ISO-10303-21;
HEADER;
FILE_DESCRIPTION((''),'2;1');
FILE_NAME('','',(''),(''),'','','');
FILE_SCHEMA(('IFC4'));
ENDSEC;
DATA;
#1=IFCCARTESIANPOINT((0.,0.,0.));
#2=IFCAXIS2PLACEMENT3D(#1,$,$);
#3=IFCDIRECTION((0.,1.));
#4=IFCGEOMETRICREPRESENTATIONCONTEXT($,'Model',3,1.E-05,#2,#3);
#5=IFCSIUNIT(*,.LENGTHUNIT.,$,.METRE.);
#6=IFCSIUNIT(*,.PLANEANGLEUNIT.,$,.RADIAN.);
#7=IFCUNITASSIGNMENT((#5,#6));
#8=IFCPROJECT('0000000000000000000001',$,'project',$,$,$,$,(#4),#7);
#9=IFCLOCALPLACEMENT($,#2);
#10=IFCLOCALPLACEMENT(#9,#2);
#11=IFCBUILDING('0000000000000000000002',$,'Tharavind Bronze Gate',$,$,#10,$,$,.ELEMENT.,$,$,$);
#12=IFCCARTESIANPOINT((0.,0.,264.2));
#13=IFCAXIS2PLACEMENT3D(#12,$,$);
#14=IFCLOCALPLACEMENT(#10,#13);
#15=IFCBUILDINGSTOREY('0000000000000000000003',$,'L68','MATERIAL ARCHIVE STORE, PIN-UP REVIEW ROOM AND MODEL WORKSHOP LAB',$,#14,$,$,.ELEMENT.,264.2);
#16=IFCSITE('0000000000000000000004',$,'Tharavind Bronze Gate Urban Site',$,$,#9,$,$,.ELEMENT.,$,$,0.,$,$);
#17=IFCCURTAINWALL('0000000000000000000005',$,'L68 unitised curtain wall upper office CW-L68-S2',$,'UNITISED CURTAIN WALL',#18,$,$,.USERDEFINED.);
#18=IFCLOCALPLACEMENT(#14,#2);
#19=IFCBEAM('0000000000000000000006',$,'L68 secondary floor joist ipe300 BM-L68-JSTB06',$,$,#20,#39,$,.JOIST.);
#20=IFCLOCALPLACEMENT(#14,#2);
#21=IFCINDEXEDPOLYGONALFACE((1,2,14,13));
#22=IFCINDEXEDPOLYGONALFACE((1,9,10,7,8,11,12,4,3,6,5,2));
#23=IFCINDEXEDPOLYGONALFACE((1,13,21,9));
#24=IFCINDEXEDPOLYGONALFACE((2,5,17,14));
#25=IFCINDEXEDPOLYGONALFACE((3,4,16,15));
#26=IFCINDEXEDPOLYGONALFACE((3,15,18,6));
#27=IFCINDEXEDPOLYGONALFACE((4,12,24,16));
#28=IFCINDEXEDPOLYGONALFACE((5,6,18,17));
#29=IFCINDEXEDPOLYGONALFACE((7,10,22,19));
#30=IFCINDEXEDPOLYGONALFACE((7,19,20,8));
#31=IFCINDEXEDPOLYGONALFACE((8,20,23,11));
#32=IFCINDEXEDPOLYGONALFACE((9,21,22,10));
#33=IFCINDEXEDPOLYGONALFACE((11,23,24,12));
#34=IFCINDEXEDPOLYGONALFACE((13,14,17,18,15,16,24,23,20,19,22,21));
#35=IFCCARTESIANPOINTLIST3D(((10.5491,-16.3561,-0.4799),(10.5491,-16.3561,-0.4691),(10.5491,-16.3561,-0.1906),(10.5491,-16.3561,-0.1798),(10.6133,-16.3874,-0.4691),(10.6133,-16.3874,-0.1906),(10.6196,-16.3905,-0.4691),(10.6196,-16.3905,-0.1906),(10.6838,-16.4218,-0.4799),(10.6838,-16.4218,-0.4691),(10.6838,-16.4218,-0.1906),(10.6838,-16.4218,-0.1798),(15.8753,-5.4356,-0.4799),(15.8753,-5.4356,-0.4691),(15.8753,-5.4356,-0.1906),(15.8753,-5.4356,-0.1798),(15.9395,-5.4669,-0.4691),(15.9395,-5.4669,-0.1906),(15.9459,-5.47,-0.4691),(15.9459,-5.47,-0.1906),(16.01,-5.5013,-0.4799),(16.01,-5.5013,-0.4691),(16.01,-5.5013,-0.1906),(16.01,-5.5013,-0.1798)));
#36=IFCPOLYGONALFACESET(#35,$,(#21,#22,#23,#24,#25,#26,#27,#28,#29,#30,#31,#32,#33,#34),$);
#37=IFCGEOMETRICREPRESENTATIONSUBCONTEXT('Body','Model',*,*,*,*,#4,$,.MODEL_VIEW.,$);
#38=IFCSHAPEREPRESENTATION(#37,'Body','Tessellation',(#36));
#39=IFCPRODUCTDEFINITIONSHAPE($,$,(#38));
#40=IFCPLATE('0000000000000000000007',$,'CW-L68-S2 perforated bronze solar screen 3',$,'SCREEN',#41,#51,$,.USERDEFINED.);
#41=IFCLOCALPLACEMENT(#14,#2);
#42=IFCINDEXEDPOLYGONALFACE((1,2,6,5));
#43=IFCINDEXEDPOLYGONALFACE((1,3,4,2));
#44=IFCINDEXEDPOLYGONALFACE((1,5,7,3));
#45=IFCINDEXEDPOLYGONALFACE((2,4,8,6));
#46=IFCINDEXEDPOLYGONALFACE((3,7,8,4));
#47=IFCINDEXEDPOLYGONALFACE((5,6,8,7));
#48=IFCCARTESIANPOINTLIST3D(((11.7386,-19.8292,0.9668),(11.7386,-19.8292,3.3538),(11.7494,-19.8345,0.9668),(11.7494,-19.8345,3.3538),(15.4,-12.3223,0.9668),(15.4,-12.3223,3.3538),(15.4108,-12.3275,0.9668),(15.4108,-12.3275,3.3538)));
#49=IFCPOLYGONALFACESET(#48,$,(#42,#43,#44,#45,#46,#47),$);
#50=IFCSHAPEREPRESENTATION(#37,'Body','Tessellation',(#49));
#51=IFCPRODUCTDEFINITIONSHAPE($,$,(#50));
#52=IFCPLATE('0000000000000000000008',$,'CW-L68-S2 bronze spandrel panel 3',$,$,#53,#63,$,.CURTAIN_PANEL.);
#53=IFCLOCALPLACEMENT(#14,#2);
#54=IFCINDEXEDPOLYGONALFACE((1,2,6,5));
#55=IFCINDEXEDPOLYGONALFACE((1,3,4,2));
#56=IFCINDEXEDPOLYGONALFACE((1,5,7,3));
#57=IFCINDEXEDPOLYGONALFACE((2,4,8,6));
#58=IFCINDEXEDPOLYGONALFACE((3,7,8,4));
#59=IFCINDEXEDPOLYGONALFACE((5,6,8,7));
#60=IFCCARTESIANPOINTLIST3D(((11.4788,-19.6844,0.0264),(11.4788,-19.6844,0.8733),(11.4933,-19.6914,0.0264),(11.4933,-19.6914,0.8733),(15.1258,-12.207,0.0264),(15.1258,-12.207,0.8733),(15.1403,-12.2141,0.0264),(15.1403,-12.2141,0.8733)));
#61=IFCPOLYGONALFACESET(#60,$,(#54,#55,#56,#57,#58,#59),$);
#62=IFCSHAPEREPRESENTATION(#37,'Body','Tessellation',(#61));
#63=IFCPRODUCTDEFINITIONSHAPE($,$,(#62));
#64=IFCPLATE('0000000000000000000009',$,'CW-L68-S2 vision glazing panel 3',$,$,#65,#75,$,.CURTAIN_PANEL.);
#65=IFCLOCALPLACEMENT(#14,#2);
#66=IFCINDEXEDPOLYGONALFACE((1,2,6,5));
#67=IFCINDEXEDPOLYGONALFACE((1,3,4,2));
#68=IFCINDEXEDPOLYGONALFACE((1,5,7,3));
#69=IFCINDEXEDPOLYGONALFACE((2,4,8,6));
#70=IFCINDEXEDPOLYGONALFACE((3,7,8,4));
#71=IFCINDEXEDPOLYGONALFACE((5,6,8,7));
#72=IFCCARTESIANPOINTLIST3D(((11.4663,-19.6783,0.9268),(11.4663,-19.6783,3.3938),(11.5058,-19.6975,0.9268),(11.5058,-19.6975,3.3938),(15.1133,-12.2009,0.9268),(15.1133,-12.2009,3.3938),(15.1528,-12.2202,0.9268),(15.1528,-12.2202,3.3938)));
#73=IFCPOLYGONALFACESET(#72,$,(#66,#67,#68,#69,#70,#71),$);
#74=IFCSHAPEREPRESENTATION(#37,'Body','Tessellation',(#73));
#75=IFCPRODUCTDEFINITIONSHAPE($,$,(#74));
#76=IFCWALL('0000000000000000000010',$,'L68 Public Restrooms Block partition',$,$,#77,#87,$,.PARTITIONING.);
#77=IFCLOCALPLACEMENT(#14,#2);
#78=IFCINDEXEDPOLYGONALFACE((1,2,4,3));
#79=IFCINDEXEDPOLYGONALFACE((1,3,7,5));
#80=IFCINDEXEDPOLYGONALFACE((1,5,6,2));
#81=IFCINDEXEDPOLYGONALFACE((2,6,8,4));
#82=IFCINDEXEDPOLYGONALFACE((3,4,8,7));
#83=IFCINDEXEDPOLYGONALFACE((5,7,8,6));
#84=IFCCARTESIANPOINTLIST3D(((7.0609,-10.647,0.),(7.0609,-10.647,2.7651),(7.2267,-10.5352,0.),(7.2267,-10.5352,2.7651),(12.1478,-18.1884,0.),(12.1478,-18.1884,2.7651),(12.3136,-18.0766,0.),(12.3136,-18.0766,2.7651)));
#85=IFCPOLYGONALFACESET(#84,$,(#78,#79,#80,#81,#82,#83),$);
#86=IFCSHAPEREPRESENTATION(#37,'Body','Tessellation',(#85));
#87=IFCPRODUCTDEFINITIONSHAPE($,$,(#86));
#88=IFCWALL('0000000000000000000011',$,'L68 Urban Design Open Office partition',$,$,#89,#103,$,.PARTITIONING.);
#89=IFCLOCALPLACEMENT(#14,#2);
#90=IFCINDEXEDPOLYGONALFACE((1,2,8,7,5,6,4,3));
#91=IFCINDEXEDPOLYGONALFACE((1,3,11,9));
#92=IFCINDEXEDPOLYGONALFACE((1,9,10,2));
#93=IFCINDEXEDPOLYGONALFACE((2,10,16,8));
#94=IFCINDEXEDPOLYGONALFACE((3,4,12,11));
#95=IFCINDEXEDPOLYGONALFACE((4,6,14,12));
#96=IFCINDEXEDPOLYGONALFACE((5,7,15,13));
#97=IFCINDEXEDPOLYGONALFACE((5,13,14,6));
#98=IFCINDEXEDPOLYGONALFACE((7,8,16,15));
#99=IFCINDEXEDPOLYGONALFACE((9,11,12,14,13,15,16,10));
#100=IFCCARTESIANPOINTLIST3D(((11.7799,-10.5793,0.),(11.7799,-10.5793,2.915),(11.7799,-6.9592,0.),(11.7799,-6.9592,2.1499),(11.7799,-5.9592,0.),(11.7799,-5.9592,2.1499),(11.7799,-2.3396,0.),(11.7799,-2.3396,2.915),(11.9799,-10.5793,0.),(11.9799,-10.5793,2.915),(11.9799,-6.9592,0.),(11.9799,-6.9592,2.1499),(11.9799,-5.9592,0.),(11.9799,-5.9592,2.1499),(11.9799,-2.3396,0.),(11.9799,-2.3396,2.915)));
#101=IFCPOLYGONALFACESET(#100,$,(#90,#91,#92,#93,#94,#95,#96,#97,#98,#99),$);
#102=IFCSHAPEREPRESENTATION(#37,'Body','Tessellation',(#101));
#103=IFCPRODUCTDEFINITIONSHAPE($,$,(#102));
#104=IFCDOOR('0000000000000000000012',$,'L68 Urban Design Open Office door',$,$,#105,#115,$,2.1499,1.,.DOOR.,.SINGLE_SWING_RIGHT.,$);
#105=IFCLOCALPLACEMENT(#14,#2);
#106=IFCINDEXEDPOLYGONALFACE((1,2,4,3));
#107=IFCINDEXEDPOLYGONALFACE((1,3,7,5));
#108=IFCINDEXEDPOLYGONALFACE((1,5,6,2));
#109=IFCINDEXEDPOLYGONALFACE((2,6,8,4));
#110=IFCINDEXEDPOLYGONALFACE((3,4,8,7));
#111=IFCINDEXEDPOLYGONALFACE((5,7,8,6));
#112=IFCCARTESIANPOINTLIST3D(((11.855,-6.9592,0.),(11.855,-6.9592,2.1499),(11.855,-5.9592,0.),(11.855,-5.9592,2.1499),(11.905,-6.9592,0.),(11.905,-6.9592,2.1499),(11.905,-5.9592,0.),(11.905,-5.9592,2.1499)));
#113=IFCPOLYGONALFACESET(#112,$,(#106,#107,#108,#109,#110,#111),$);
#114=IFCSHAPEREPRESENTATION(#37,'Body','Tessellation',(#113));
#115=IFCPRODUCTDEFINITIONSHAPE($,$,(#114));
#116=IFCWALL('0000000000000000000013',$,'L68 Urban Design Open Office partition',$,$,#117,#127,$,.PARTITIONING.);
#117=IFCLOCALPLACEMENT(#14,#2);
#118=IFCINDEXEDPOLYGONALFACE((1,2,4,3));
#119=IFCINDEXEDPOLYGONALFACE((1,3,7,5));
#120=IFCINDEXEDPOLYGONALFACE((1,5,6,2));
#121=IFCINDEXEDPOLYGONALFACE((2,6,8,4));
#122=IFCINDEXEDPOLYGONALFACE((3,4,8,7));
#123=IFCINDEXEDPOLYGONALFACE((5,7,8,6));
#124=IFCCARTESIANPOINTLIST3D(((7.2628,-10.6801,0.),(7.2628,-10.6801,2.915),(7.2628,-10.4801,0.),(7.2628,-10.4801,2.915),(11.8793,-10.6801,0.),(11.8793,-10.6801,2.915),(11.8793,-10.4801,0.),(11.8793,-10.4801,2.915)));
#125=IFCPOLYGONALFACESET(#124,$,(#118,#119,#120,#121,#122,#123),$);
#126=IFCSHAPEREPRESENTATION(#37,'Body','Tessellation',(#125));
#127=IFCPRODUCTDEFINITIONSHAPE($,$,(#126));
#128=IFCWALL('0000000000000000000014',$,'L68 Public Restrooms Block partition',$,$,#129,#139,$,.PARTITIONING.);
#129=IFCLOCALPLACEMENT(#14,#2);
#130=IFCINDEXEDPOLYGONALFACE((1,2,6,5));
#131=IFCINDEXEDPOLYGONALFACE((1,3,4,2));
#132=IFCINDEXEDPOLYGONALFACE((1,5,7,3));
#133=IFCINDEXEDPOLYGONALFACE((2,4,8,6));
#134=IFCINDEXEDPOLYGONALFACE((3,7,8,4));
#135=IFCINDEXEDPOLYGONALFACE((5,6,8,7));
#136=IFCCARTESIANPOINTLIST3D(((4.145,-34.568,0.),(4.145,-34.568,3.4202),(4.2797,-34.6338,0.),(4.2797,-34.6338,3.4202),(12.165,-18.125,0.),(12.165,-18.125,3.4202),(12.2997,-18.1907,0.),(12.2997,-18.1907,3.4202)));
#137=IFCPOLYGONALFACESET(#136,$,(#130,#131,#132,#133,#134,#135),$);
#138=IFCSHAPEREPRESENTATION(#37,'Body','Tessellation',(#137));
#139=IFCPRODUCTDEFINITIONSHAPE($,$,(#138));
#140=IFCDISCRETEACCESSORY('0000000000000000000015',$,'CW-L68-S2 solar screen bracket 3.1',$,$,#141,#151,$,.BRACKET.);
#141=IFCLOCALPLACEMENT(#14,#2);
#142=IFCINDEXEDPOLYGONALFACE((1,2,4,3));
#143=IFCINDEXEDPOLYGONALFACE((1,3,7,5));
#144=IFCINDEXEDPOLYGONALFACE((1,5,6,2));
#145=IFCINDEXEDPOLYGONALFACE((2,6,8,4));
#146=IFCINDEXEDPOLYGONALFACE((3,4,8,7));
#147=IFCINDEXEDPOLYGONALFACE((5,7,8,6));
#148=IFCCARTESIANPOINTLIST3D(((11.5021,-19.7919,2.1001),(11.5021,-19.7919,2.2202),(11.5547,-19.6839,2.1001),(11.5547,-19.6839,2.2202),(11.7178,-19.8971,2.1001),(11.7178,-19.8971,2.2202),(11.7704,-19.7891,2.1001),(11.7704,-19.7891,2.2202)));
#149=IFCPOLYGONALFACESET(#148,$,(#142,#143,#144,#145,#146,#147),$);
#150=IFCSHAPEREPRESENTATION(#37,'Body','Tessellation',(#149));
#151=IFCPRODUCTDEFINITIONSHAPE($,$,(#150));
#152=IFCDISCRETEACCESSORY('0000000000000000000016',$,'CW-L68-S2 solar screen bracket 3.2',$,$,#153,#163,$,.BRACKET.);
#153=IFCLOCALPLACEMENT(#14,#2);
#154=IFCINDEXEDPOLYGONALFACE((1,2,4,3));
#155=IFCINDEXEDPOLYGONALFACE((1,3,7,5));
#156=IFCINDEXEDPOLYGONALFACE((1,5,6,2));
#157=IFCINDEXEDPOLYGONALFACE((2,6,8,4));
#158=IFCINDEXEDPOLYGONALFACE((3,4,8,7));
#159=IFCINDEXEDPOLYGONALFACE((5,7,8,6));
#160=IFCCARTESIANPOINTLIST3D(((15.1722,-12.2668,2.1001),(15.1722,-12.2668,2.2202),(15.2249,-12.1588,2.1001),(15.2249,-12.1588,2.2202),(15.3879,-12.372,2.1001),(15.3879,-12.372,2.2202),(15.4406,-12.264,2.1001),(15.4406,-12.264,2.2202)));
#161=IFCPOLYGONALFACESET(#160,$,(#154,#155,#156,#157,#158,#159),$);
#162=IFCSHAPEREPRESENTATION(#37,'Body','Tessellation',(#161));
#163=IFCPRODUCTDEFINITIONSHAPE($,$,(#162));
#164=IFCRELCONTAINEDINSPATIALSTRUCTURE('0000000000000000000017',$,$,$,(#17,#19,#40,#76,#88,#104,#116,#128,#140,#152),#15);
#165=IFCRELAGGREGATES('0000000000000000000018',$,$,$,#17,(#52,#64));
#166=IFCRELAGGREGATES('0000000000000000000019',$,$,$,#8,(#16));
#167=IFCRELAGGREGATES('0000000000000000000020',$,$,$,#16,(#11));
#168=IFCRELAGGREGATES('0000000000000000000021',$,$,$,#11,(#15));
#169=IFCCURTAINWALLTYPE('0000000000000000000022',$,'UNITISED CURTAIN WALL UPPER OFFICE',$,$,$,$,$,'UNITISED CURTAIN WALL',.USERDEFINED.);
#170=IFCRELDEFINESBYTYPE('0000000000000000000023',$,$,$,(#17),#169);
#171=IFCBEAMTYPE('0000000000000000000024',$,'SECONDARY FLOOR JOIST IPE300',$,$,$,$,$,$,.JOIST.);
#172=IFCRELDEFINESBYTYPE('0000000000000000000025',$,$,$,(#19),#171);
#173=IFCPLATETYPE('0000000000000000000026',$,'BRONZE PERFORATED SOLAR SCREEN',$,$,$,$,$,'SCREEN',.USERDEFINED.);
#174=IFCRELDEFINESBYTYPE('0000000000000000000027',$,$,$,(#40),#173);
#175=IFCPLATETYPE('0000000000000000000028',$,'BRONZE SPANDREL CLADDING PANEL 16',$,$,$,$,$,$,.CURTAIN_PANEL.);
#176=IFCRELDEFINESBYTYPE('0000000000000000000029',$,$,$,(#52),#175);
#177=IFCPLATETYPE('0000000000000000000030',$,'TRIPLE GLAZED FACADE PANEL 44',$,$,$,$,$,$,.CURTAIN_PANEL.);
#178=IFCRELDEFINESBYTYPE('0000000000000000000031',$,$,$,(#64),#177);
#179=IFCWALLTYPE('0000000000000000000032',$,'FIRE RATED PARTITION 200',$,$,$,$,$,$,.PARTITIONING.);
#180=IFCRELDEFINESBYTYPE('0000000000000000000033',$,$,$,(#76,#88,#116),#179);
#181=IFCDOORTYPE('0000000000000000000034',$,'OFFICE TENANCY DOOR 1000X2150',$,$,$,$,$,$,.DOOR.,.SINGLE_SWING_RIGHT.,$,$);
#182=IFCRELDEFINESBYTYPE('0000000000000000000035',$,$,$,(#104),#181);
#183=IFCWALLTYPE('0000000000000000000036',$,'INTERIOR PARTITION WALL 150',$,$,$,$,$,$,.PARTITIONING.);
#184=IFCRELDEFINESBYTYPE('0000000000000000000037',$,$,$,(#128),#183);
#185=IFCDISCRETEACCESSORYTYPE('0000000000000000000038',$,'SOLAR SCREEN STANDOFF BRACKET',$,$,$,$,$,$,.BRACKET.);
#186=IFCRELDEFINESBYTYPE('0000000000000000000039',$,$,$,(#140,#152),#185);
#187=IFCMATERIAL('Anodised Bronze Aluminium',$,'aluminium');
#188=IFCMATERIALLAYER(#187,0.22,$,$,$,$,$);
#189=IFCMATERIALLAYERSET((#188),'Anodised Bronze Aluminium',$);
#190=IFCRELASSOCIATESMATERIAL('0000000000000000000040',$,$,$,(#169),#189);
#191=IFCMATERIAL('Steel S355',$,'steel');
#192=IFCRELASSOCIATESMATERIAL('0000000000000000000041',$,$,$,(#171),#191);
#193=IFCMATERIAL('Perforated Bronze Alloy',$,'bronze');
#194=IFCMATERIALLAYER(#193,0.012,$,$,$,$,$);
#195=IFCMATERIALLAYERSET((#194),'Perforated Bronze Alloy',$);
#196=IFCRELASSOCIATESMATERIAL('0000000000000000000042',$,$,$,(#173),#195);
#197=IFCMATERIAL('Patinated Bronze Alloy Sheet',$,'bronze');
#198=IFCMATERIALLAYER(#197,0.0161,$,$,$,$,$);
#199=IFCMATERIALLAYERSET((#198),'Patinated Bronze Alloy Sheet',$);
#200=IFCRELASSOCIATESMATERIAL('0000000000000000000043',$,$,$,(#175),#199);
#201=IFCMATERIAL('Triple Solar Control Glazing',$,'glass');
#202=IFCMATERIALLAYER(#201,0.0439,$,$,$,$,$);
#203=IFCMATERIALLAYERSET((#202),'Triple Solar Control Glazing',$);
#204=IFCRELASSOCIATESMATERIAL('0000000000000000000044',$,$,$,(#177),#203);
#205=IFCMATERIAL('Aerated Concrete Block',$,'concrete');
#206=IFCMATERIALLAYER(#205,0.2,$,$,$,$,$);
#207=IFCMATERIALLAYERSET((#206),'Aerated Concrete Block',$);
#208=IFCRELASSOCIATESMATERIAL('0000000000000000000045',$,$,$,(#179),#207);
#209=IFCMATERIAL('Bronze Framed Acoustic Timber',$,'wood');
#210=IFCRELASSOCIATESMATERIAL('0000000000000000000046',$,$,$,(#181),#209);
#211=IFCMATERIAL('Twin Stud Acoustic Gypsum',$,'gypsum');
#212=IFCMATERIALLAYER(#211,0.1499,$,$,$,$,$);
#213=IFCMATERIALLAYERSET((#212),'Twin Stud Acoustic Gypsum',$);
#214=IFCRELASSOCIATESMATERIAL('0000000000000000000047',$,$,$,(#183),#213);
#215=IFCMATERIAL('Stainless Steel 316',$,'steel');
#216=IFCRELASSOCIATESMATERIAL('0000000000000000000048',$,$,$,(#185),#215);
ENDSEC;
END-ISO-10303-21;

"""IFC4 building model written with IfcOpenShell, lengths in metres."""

from ifc_helpers import new_model, si_unit, direction, frame, frame_2d, origin, origin_2d, place, context, subcontext, project, spatial, rectangle, i_section, extrude, material, layer, layer_set, material_profile, profile_set, type_object, element, fill, aggregate, save


model = new_model("IFC4")

# Units and contexts
model_context = context("Model", 3, precision=1e-05, world=origin(), true_north=direction((0.0, 1.0)))
body_context = subcontext(model_context, "Body", "Model", "MODEL_VIEW")
ifc_project = project(units=[si_unit("LENGTHUNIT", "METRE"), si_unit("PLANEANGLEUNIT", "RADIAN")], contexts=[model_context])

# Site, building, storey
site_placement = place(None, origin())
site = spatial("IfcSite", under=ifc_project, at=site_placement, Name="Tharavind Bronze Gate Urban Site", CompositionType="ELEMENT", RefElevation=0.0)
building_placement = place(site_placement, origin())
building = spatial("IfcBuilding", under=site, at=building_placement, Name="Tharavind Bronze Gate", CompositionType="ELEMENT")
storey_placement = place(building_placement, frame((0.0, 0.0, 264.2)))
storey = spatial("IfcBuildingStorey", under=building, at=storey_placement, Name="L68", Description="MATERIAL ARCHIVE STORE, PIN-UP REVIEW ROOM AND MODEL WORKSHOP LAB", CompositionType="ELEMENT", Elevation=264.2)

# Curtain wall
ifc_material_1 = material(Name="Anodised Bronze Aluminium", Category="aluminium")
ifc_layer_1 = layer(ifc_material_1, 0.22)
ifc_layer_set_1 = layer_set([ifc_layer_1], Name="Anodised Bronze Aluminium")
curtain_wall_type = type_object("IfcCurtainWallType", Name="UNITISED CURTAIN WALL UPPER OFFICE", ElementType="UNITISED CURTAIN WALL", PredefinedType="USERDEFINED", material=ifc_layer_set_1)
curtain_wall_placement = place(storey_placement, origin())
curtain_wall = element("IfcCurtainWall", 1, at=curtain_wall_placement, inside=storey, type_object=curtain_wall_type, Name="L68 unitised curtain wall upper office CW-L68-S2", ObjectType="UNITISED CURTAIN WALL", PredefinedType="USERDEFINED")

# Beam
ifc_material_2 = material(Name="Steel S355", Category="steel")
ifc_material_profile_1 = material_profile(ifc_material_2, i_section(OverallWidth=0.1499, OverallDepth=0.3, WebThickness=0.0071, FlangeThickness=0.0107, at=origin_2d()), Name="IPE300")
ifc_profile_set_1 = profile_set([ifc_material_profile_1], Name="Steel S355")
beam_type_1 = type_object("IfcBeamType", Name="SECONDARY FLOOR JOIST IPE300", PredefinedType="JOIST", material=ifc_profile_set_1)
beam_1_placement = place(storey_placement, frame((10.6165, -16.3889, -0.3298), z_axis=(0.438367, 0.898796, 0.0), x_axis=(-0.898796, 0.438367, 0.0)))
element("IfcBeam", 2, at=beam_1_placement, inside=storey, type_object=beam_type_1, Name="L68 secondary floor joist ipe300 BM-L68-JSTB06", PredefinedType="JOIST", context=body_context, shape_type="SweptSolid", body=[
    extrude(i_section(OverallWidth=0.1499, OverallDepth=0.3, WebThickness=0.0071, FlangeThickness=0.0107, at=origin_2d()), origin(), (0.0, 0.0, 1.0), 12.1501),
])

# Plates
ifc_material_3 = material(Name="Perforated Bronze Alloy", Category="bronze")
ifc_layer_2 = layer(ifc_material_3, 0.012)
ifc_layer_set_2 = layer_set([ifc_layer_2], Name="Perforated Bronze Alloy")
plate_type_1 = type_object("IfcPlateType", Name="BRONZE PERFORATED SOLAR SCREEN", ElementType="SCREEN", PredefinedType="USERDEFINED", material=ifc_layer_set_2)
plate_1_placement = place(storey_placement, frame((13.5747, -16.0784, 0.9668), z_axis=(0.0, 0.0, 1.0), x_axis=(0.438373, 0.898793, 0.0)))
element("IfcPlate", 3, at=plate_1_placement, inside=storey, type_object=plate_type_1, Name="CW-L68-S2 perforated bronze solar screen 3", ObjectType="SCREEN", PredefinedType="USERDEFINED", context=body_context, shape_type="SweptSolid", body=[
    extrude(rectangle(XDim=8.3523, YDim=0.012, at=origin_2d()), origin(), (0.0, 0.0, 1.0), 2.387),
])
ifc_material_4 = material(Name="Patinated Bronze Alloy Sheet", Category="bronze")
ifc_layer_3 = layer(ifc_material_4, 0.0161)
ifc_layer_set_3 = layer_set([ifc_layer_3], Name="Patinated Bronze Alloy Sheet")
plate_type_2 = type_object("IfcPlateType", Name="BRONZE SPANDREL CLADDING PANEL 16", PredefinedType="CURTAIN_PANEL", material=ifc_layer_set_3)
plate_2_placement = place(storey_placement, frame((13.3096, -15.9492, 0.0264), z_axis=(0.0, 0.0, 1.0), x_axis=(0.438373, 0.898793, 0.0)))
plate_2 = element("IfcPlate", 4, at=plate_2_placement, type_object=plate_type_2, Name="CW-L68-S2 bronze spandrel panel 3", PredefinedType="CURTAIN_PANEL", context=body_context, shape_type="SweptSolid", body=[
    extrude(rectangle(XDim=8.3193, YDim=0.0161, at=origin_2d()), origin(), (0.0, 0.0, 1.0), 0.8469),
])
ifc_material_5 = material(Name="Triple Solar Control Glazing", Category="glass")
ifc_layer_4 = layer(ifc_material_5, 0.0439)
ifc_layer_set_4 = layer_set([ifc_layer_4], Name="Triple Solar Control Glazing")
plate_type_3 = type_object("IfcPlateType", Name="TRIPLE GLAZED FACADE PANEL 44", PredefinedType="CURTAIN_PANEL", material=ifc_layer_set_4)
plate_3_placement = place(storey_placement, frame((13.3096, -15.9492, 0.9268), z_axis=(0.0, 0.0, 1.0), x_axis=(0.438373, 0.898793, 0.0)))
plate_3 = element("IfcPlate", 5, at=plate_3_placement, type_object=plate_type_3, Name="CW-L68-S2 vision glazing panel 3", PredefinedType="CURTAIN_PANEL", context=body_context, shape_type="SweptSolid", body=[
    extrude(rectangle(XDim=8.3193, YDim=0.0439, at=origin_2d()), origin(), (0.0, 0.0, 1.0), 2.467),
])
aggregate(curtain_wall, [plate_2, plate_3])

# Wall
ifc_material_6 = material(Name="Aerated Concrete Block", Category="concrete")
ifc_layer_5 = layer(ifc_material_6, 0.2)
ifc_layer_set_5 = layer_set([ifc_layer_5], Name="Aerated Concrete Block")
wall_type_1 = type_object("IfcWallType", Name="FIRE RATED PARTITION 200", PredefinedType="PARTITIONING", material=ifc_layer_set_5)
wall_1_placement = place(storey_placement, frame((7.1438, -10.5911, 0.0), z_axis=(0.0, 0.0, 1.0), x_axis=(0.559201, -0.829032, 0.0)))
element("IfcWall", 6, at=wall_1_placement, inside=storey, type_object=wall_type_1, Name="L68 Public Restrooms Block partition", PredefinedType="PARTITIONING", context=body_context, shape_type="SweptSolid", body=[
    extrude(rectangle(XDim=9.0967, YDim=0.2, at=frame_2d((4.5483, 0.0))), origin(), (0.0, 0.0, 1.0), 2.7651),
])

# Wall, opening, door
wall_2_placement = place(storey_placement, frame((11.8799, -10.5793, 0.0), z_axis=(0.0, 0.0, 1.0), x_axis=(0.0, 1.0, 0.0)))
wall_2 = element("IfcWall", 7, at=wall_2_placement, inside=storey, type_object=wall_type_1, Name="L68 Urban Design Open Office partition", PredefinedType="PARTITIONING", context=body_context, shape_type="SweptSolid", body=[
    extrude(rectangle(XDim=8.2397, YDim=0.2, at=frame_2d((4.1199, 0.0))), origin(), (0.0, 0.0, 1.0), 2.915),
])
opening_placement = place(wall_2_placement, frame((3.6201, 0.0, 0.0)))
opening = element("IfcOpeningElement", 8, at=opening_placement, cuts=wall_2, PredefinedType="OPENING", context=body_context, shape_type="SweptSolid", body=[
    extrude(rectangle(XDim=1.0, YDim=2.1499, at=frame_2d((0.5, 1.075))), frame((0.0, 0.1101, 0.0), z_axis=(0.0, -1.0, 0.0), x_axis=(1.0, 0.0, 0.0)), (0.0, 0.0, 1.0), 0.22),
])
ifc_material_7 = material(Name="Bronze Framed Acoustic Timber", Category="wood")
door_type = type_object("IfcDoorType", Name="OFFICE TENANCY DOOR 1000X2150", OperationType="SINGLE_SWING_RIGHT", PredefinedType="DOOR", material=ifc_material_7)
door_placement = place(opening_placement, origin())
door = element("IfcDoor", 9, at=door_placement, inside=storey, type_object=door_type, Name="L68 Urban Design Open Office door", OperationType="SINGLE_SWING_RIGHT", OverallHeight=2.1499, OverallWidth=1.0, PredefinedType="DOOR", context=body_context, shape_type="SweptSolid", body=[
    extrude(rectangle(XDim=1.0, YDim=2.1499, at=frame_2d((0.5, 1.075))), frame((0.0, 0.0249, 0.0), z_axis=(0.0, -1.0, 0.0), x_axis=(1.0, 0.0, 0.0)), (0.0, 0.0, 1.0), 0.05),
])
fill(opening, door)

# Walls
wall_3_placement = place(storey_placement, frame((7.2629, -10.5801, 0.0), z_axis=(0.0, 0.0, 1.0), x_axis=(1.0, 0.0, 0.0)))
element("IfcWall", 10, at=wall_3_placement, inside=storey, type_object=wall_type_1, Name="L68 Urban Design Open Office partition", PredefinedType="PARTITIONING", context=body_context, shape_type="SweptSolid", body=[
    extrude(rectangle(XDim=4.6165, YDim=0.2, at=frame_2d((2.3081, 0.0))), origin(), (0.0, 0.0, 1.0), 2.915),
])
ifc_material_8 = material(Name="Twin Stud Acoustic Gypsum", Category="gypsum")
ifc_layer_6 = layer(ifc_material_8, 0.1499)
ifc_layer_set_6 = layer_set([ifc_layer_6], Name="Twin Stud Acoustic Gypsum")
wall_type_2 = type_object("IfcWallType", Name="INTERIOR PARTITION WALL 150", PredefinedType="PARTITIONING", material=ifc_layer_set_6)
wall_4_placement = place(storey_placement, frame((12.2324, -18.1577, 0.0), z_axis=(0.0, 0.0, 1.0), x_axis=(-0.438379, -0.89879, 0.0)))
element("IfcWall", 11, at=wall_4_placement, inside=storey, type_object=wall_type_2, Name="L68 Public Restrooms Block partition", PredefinedType="PARTITIONING", context=body_context, shape_type="SweptSolid", body=[
    extrude(rectangle(XDim=18.2947, YDim=0.1499, at=frame_2d((9.1475, 0.0))), origin(), (0.0, 0.0, 1.0), 3.4202),
])

# Discrete accessories
ifc_material_9 = material(Name="Stainless Steel 316", Category="steel")
discrete_accessory_type = type_object("IfcDiscreteAccessoryType", Name="SOLAR SCREEN STANDOFF BRACKET", PredefinedType="BRACKET", material=ifc_material_9)
for number, where, z_axis, x_axis, name in (
    (12, (11.6362, -19.7905, 2.1001), (0.0, 0.0, 1.0), (0.438373, 0.898793, 0.0), "CW-L68-S2 solar screen bracket 3.1"),
    (13, (15.3064, -12.2654, 2.1001), (0.0, 0.0, 1.0), (0.438373, 0.898793, 0.0), "CW-L68-S2 solar screen bracket 3.2"),
):
    element("IfcDiscreteAccessory", number, at=place(storey_placement, frame(where, z_axis=z_axis, x_axis=x_axis)), inside=storey, type_object=discrete_accessory_type, Name=name, PredefinedType="BRACKET", context=body_context, shape_type="SweptSolid", body=[
        extrude(rectangle(XDim=0.1201, YDim=0.24, at=origin_2d()), origin(), (0.0, 0.0, 1.0), 0.1201),
    ])

save(model, "model.ifc")
